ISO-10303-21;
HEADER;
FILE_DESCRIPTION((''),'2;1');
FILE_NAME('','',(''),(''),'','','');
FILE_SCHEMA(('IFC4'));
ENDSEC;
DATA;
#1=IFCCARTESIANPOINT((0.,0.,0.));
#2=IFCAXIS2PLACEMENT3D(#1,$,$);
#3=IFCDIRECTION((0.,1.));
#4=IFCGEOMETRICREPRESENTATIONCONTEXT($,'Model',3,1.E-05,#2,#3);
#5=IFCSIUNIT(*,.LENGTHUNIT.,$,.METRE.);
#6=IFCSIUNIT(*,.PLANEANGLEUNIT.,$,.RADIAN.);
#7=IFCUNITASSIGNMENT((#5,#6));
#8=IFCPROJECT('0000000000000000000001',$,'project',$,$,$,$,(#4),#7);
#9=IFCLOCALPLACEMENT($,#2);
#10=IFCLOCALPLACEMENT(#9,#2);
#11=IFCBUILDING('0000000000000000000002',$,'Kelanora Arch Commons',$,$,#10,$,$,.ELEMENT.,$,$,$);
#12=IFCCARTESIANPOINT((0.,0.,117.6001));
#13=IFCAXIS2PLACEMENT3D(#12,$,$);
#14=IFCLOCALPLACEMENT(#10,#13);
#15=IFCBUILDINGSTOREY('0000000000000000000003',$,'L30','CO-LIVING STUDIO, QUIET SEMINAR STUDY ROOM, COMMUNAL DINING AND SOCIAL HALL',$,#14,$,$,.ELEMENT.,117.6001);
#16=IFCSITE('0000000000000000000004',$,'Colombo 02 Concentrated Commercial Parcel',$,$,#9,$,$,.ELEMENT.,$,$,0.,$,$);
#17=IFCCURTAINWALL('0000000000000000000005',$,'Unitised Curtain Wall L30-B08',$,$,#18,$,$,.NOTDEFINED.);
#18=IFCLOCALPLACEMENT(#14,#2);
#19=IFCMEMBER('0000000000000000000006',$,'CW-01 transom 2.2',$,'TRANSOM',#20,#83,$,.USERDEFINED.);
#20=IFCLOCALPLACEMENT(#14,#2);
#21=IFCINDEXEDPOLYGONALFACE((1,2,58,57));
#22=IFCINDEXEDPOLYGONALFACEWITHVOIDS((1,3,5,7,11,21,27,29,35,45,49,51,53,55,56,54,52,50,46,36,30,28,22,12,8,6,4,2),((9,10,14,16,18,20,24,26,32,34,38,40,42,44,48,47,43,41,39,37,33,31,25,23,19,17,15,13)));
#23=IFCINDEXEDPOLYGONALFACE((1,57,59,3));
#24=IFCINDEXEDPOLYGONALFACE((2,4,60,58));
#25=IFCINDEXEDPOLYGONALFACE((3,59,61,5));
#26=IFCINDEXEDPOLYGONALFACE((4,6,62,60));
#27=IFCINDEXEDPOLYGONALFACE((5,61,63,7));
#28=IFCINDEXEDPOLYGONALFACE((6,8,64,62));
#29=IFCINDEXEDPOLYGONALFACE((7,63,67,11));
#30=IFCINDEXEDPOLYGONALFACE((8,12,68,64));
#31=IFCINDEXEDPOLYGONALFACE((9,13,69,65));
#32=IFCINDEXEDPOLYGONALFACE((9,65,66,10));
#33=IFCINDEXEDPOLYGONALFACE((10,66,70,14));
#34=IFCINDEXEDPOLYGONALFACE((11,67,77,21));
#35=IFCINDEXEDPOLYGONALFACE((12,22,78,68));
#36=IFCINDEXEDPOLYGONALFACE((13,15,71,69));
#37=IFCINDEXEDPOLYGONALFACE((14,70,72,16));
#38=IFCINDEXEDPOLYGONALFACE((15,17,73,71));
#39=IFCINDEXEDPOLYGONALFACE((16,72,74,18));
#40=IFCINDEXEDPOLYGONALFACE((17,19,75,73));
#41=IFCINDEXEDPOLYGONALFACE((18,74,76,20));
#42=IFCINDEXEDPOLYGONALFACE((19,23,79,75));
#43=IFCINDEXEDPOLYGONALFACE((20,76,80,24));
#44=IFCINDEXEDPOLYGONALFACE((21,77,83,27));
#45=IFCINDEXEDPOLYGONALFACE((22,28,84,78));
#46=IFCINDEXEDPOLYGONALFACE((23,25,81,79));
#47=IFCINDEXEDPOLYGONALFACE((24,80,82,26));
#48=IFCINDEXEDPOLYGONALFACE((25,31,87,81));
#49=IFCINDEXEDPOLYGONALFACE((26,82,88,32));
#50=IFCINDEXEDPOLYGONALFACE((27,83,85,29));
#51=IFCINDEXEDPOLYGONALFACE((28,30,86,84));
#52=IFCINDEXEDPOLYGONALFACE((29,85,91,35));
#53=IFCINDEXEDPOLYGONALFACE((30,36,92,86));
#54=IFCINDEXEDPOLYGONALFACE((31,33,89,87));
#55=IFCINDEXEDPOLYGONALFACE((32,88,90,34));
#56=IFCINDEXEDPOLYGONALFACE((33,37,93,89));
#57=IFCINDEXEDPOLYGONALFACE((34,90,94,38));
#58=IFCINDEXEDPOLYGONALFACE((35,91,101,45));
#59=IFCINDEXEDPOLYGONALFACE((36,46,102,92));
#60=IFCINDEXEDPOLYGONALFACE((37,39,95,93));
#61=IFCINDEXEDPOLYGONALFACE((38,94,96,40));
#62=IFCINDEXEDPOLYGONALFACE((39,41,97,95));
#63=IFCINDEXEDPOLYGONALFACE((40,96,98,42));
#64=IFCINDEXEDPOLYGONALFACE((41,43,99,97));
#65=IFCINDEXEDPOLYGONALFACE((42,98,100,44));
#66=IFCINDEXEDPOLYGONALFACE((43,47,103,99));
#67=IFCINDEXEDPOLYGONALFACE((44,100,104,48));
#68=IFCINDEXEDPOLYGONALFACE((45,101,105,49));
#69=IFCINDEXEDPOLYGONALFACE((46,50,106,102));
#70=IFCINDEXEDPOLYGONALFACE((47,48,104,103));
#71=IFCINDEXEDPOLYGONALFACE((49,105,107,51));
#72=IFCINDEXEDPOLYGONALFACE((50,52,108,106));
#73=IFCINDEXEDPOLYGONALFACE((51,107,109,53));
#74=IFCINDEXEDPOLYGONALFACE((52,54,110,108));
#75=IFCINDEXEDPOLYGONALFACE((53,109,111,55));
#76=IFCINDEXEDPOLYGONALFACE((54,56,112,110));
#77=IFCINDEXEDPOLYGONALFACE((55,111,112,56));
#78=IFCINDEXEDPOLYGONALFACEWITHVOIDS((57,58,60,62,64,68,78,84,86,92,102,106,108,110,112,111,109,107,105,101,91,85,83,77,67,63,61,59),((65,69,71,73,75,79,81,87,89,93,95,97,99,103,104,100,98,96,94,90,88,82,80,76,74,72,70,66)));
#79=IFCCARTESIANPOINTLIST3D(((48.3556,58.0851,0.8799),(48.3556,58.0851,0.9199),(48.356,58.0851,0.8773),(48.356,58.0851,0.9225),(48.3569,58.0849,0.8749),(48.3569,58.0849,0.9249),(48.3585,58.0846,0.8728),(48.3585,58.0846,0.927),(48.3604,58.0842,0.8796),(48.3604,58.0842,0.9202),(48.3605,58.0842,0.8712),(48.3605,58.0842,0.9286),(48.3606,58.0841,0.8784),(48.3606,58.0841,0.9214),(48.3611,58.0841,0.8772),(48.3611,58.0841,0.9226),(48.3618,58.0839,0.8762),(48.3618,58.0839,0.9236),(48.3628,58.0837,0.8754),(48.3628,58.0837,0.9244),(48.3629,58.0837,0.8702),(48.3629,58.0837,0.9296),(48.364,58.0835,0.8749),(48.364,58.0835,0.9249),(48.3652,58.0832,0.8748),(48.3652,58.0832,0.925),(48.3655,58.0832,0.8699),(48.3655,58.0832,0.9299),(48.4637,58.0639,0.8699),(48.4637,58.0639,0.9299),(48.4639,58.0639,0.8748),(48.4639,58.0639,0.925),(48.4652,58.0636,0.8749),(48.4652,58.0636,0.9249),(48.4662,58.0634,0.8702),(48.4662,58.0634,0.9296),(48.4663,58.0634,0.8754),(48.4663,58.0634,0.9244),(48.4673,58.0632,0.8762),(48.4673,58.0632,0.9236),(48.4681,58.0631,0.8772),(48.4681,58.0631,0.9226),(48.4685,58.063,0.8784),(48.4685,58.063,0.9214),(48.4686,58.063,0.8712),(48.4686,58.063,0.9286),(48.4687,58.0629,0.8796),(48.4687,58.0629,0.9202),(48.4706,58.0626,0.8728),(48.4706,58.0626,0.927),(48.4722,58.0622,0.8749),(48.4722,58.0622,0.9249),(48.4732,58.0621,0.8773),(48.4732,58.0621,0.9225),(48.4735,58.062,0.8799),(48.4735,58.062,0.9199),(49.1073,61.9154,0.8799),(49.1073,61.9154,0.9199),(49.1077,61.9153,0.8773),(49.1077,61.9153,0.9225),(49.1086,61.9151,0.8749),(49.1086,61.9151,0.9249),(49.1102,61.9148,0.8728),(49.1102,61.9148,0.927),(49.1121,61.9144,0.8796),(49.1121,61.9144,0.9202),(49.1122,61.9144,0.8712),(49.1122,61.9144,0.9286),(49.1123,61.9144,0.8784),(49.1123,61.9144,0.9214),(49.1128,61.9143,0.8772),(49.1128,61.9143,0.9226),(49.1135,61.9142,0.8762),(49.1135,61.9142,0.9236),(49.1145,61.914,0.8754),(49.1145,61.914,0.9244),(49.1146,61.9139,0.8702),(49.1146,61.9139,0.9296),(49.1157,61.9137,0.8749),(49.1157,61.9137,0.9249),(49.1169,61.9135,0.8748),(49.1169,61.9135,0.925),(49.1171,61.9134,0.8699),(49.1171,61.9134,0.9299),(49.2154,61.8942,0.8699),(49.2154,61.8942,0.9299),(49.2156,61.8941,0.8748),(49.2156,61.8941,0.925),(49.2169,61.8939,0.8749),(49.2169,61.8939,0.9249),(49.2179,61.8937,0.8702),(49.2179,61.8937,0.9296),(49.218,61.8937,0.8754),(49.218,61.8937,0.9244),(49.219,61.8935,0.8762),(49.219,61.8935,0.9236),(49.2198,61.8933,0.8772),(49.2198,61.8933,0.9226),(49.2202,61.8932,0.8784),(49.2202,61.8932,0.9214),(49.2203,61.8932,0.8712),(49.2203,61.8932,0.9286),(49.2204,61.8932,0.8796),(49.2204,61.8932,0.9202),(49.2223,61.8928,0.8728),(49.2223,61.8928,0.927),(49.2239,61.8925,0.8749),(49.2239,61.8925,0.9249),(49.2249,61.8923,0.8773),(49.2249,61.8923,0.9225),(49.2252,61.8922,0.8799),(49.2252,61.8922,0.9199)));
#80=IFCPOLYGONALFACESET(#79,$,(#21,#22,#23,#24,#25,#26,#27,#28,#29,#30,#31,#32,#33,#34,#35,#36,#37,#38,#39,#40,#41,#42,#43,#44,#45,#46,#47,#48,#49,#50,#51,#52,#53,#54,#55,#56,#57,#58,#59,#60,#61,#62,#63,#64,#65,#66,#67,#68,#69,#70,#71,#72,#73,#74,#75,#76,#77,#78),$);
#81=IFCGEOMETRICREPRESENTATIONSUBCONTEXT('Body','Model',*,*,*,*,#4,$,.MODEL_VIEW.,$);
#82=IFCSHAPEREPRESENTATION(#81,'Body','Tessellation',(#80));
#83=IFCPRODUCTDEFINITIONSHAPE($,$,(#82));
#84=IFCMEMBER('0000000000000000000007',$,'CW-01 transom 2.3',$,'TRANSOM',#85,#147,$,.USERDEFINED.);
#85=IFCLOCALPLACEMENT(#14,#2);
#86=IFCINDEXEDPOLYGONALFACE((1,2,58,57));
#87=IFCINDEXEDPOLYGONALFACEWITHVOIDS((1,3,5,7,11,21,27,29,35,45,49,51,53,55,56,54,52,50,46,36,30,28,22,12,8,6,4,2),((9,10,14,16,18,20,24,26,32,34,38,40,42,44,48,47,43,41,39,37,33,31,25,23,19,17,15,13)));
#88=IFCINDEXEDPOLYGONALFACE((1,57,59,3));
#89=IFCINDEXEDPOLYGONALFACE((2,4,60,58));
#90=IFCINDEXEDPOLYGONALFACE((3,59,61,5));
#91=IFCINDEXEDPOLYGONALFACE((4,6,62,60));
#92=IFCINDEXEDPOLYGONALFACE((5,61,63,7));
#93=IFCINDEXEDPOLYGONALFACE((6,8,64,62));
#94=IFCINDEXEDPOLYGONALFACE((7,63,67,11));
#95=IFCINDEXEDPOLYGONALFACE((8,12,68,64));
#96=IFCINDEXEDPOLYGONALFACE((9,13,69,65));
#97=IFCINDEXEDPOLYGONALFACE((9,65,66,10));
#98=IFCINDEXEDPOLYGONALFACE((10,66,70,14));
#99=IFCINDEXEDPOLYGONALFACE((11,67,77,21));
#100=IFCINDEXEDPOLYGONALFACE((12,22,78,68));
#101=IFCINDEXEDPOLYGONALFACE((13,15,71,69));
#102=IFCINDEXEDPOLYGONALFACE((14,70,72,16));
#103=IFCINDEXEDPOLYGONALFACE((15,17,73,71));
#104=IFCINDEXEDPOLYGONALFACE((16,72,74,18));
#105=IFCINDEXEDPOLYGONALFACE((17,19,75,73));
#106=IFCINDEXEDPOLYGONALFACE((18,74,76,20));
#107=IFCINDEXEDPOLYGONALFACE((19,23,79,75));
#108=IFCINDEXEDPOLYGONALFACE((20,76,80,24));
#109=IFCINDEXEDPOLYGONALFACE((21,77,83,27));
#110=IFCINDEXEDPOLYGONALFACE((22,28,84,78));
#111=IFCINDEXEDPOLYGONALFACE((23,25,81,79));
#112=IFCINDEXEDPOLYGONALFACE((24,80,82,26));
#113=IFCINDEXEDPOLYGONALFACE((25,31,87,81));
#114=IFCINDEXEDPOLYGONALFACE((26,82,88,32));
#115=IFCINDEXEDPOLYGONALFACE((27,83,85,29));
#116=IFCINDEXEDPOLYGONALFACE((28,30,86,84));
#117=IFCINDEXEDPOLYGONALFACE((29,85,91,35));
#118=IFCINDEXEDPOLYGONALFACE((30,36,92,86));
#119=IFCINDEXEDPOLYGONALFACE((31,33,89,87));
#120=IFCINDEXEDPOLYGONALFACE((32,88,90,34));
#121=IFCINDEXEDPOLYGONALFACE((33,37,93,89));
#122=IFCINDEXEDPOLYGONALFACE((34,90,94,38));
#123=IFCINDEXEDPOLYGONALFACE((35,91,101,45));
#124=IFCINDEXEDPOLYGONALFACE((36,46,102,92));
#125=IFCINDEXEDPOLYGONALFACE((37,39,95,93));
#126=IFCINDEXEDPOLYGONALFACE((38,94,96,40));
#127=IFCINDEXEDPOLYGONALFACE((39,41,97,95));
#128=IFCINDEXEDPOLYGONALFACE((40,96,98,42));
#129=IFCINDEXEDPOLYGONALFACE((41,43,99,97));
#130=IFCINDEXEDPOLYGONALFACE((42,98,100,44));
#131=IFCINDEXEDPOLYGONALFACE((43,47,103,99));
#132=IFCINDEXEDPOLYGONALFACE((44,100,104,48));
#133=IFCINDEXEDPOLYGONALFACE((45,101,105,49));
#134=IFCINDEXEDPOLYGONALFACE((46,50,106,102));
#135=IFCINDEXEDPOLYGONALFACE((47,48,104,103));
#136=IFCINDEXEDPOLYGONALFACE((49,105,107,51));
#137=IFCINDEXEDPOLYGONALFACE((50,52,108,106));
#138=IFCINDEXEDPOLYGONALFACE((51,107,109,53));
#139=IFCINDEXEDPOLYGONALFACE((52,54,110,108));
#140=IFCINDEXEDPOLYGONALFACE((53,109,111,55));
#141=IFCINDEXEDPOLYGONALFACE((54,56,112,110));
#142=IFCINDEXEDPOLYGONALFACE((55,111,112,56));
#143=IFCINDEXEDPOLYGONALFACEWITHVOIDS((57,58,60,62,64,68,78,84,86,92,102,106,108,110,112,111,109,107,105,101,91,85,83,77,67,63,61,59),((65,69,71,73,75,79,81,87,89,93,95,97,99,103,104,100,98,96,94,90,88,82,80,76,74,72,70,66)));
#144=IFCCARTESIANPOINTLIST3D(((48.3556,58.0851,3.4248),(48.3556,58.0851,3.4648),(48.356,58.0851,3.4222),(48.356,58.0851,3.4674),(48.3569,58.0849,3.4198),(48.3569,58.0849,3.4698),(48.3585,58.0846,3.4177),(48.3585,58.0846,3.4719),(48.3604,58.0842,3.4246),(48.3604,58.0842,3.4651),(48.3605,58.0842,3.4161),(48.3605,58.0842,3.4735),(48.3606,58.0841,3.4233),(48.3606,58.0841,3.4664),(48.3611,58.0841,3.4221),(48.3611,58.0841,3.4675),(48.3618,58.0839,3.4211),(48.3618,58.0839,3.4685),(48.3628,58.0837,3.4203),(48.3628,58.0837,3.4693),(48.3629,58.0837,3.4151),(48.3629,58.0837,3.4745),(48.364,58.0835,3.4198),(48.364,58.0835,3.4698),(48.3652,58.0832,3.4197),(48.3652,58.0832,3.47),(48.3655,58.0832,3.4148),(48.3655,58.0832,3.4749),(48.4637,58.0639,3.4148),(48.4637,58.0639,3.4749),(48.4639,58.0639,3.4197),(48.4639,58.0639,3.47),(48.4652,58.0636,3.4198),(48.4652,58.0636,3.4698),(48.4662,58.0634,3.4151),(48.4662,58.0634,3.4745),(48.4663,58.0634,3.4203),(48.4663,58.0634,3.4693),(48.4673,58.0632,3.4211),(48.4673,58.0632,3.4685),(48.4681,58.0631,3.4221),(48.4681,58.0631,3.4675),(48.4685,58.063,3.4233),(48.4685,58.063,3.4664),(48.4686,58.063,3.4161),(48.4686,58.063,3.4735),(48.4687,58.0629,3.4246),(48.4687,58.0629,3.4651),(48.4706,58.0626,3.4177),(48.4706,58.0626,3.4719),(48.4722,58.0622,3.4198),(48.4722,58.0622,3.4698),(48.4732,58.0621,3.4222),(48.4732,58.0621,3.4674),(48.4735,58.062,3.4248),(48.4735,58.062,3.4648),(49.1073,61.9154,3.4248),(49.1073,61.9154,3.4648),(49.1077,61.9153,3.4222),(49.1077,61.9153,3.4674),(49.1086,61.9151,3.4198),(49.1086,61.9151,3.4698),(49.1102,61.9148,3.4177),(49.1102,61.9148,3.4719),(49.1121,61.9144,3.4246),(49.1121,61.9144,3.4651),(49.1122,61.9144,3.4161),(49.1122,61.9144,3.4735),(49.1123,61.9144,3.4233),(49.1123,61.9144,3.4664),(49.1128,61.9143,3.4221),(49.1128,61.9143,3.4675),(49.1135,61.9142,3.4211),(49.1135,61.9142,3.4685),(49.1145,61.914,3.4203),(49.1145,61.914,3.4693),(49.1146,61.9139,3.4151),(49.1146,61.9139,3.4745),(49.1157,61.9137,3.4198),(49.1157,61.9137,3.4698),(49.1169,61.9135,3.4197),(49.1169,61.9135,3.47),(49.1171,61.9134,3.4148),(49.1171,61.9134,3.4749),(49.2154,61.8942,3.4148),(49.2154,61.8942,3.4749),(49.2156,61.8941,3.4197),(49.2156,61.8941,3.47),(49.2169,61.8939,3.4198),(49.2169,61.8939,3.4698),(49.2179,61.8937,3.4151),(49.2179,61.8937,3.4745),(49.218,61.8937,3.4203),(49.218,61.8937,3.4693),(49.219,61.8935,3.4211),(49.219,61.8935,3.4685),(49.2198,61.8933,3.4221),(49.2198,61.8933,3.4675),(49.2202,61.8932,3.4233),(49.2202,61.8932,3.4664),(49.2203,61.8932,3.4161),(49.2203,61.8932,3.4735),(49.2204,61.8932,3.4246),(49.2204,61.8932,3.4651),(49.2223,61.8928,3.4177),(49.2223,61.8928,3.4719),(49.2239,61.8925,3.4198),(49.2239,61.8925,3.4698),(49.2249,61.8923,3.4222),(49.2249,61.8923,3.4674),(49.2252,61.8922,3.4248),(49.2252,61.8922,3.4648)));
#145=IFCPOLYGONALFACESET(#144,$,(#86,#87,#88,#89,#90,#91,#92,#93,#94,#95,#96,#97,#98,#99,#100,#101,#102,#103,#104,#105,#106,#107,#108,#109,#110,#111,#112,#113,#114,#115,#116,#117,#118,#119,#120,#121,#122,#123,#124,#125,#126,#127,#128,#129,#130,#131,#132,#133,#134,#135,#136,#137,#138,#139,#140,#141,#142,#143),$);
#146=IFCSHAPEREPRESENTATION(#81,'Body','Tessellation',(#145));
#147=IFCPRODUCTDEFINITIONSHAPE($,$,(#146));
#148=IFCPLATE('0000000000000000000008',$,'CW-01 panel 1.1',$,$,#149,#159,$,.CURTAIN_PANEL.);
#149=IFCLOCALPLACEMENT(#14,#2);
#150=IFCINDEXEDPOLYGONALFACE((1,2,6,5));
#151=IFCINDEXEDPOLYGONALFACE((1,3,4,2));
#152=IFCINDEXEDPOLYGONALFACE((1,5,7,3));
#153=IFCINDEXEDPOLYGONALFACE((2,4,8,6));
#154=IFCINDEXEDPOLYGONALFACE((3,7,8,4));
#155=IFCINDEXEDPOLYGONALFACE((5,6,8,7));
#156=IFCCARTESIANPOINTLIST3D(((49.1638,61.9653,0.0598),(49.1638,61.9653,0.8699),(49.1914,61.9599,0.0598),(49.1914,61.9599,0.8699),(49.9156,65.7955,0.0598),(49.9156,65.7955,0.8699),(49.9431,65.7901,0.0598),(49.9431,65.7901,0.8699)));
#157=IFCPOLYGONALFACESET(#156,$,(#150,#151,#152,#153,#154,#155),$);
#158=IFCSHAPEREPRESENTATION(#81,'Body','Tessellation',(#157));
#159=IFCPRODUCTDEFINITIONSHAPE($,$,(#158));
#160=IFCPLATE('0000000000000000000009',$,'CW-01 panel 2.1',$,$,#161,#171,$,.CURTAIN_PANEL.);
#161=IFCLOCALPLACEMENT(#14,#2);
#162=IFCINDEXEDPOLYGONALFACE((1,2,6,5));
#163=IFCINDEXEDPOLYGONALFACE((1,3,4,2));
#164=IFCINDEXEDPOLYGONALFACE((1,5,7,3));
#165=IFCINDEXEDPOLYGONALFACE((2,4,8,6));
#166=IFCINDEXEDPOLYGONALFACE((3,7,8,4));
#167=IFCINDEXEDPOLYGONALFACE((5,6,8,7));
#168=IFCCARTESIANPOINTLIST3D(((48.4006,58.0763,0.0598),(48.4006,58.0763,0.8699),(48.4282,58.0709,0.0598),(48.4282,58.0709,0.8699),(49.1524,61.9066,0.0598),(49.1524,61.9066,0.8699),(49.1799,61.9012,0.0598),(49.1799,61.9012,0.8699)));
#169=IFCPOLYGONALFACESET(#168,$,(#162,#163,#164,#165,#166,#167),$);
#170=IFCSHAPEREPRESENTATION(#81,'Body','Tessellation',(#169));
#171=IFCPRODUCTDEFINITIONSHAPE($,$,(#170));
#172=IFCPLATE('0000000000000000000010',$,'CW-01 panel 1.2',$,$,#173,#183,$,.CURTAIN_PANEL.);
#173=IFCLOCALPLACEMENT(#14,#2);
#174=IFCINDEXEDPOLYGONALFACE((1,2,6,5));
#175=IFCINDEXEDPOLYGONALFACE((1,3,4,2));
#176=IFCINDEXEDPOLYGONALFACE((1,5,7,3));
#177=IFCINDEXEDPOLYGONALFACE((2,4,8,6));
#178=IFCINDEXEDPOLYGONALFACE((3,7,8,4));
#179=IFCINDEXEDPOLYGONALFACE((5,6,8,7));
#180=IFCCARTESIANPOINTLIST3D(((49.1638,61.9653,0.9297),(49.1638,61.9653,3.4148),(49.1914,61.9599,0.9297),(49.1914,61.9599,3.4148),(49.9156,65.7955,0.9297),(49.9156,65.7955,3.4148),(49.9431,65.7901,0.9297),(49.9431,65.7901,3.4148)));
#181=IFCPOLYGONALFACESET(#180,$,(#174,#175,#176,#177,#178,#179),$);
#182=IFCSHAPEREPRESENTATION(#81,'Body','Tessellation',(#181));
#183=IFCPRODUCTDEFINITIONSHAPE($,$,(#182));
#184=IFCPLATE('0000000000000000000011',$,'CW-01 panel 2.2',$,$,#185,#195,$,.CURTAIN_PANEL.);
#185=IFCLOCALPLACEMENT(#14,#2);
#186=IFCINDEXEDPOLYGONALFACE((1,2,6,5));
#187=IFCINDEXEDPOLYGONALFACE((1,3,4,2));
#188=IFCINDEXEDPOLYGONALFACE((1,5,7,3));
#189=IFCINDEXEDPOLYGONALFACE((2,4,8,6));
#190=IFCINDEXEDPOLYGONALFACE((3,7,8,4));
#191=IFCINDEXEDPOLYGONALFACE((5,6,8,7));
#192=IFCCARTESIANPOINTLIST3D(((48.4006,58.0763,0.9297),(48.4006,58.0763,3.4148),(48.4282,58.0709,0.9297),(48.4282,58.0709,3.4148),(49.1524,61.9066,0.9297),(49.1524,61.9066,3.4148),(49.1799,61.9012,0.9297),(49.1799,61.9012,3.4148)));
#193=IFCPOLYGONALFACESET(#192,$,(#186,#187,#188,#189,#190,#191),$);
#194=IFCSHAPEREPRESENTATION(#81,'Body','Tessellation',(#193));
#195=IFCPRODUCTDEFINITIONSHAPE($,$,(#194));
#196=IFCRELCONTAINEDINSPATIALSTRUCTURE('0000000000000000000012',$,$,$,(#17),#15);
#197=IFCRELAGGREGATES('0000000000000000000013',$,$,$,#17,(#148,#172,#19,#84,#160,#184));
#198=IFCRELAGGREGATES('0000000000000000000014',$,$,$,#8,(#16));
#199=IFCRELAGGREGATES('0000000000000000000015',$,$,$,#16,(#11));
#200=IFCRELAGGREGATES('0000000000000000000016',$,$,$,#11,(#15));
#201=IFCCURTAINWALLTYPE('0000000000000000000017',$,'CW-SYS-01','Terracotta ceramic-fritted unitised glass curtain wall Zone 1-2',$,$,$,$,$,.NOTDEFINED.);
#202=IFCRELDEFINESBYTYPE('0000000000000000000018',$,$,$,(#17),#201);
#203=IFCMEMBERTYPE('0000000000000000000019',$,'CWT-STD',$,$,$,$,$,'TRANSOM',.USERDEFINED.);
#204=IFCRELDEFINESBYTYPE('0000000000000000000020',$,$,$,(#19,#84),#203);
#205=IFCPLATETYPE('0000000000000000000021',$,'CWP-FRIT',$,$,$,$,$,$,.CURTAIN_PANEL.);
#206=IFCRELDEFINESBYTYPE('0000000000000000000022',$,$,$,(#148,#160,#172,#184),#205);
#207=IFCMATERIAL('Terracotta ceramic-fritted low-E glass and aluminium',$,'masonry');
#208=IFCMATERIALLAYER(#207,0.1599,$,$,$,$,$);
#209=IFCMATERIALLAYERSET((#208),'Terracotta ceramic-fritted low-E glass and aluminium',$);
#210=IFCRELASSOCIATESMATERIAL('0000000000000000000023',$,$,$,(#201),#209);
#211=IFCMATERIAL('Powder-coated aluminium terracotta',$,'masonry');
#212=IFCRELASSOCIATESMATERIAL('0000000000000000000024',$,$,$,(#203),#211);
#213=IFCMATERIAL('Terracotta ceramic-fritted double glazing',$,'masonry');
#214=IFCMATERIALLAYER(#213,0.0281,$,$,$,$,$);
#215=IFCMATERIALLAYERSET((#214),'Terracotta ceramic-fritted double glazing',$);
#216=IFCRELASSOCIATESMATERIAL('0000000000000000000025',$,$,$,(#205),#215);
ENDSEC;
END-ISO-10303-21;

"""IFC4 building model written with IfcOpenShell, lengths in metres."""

from ifc_helpers import new_model, si_unit, direction, frame, origin, origin_2d, place, context, subcontext, project, spatial, rectangle, hollow_rectangle, extrude, source, transform, mapped, material, layer, layer_set, material_profile, profile_set, type_object, element, aggregate, save


model = new_model("IFC4")

# Units and contexts
model_context = context("Model", 3, precision=1e-05, world=origin(), true_north=direction((0.0, 1.0)))
body_context = subcontext(model_context, "Body", "Model", "MODEL_VIEW")
ifc_project = project(units=[si_unit("LENGTHUNIT", "METRE"), si_unit("PLANEANGLEUNIT", "RADIAN")], contexts=[model_context])

# Site, building, storey
site_placement = place(None, origin())
site = spatial("IfcSite", under=ifc_project, at=site_placement, Name="Colombo 02 Concentrated Commercial Parcel", CompositionType="ELEMENT", RefElevation=0.0)
building_placement = place(site_placement, origin())
building = spatial("IfcBuilding", under=site, at=building_placement, Name="Kelanora Arch Commons", CompositionType="ELEMENT")
storey_placement = place(building_placement, frame((0.0, 0.0, 117.6001)))
storey = spatial("IfcBuildingStorey", under=building, at=storey_placement, Name="L30", Description="CO-LIVING STUDIO, QUIET SEMINAR STUDY ROOM, COMMUNAL DINING AND SOCIAL HALL", CompositionType="ELEMENT", Elevation=117.6001)

# Curtain wall, members, plates
ifc_material_1 = material(Name="Terracotta ceramic-fritted low-E glass and aluminium", Category="masonry")
ifc_layer_1 = layer(ifc_material_1, 0.1599)
ifc_layer_set_1 = layer_set([ifc_layer_1], Name="Terracotta ceramic-fritted low-E glass and aluminium")
curtain_wall_type = type_object("IfcCurtainWallType", Name="CW-SYS-01", Description="Terracotta ceramic-fritted unitised glass curtain wall Zone 1-2", PredefinedType="NOTDEFINED", material=ifc_layer_set_1)
curtain_wall_placement = place(storey_placement, origin())
curtain_wall = element("IfcCurtainWall", 1, at=curtain_wall_placement, inside=storey, type_object=curtain_wall_type, Name="Unitised Curtain Wall L30-B08", PredefinedType="NOTDEFINED")
ifc_material_2 = material(Name="Powder-coated aluminium terracotta", Category="masonry")
ifc_material_profile_1 = material_profile(ifc_material_2, hollow_rectangle(XDim=0.1201, YDim=0.0601, WallThickness=0.0049, InnerFilletRadius=0.0049, OuterFilletRadius=0.01, at=origin_2d()), Name="CWT120x60")
ifc_profile_set_1 = profile_set([ifc_material_profile_1], Name="Powder-coated aluminium terracotta")
member_type_1 = type_object("IfcMemberType", Name="CWT-STD", ElementType="TRANSOM", PredefinedType="USERDEFINED", material=ifc_profile_set_1)
member_1_placement = place(storey_placement, frame((49.1663, 61.9038, 0.8999), z_axis=(-0.192579, -0.981282, 0.0), x_axis=(0.981282, -0.192579, 0.0)))
member_1 = element("IfcMember", 2, at=member_1_placement, type_object=member_type_1, Name="CW-01 transom 2.2", ObjectType="TRANSOM", PredefinedType="USERDEFINED", context=body_context, shape_type="SweptSolid", body=[
    extrude(hollow_rectangle(XDim=0.1201, YDim=0.0601, WallThickness=0.0049, InnerFilletRadius=0.0049, OuterFilletRadius=0.01, at=origin_2d()), origin(), (0.0, 0.0, 1.0), 3.9033),
])
member_2_placement = place(storey_placement, frame((49.1663, 61.9038, 3.4448), z_axis=(-0.192579, -0.981282, 0.0), x_axis=(0.981282, -0.192579, 0.0)))
member_2 = element("IfcMember", 3, at=member_2_placement, type_object=member_type_1, Name="CW-01 transom 2.3", ObjectType="TRANSOM", PredefinedType="USERDEFINED", context=body_context, shape_type="SweptSolid", body=[
    extrude(hollow_rectangle(XDim=0.1201, YDim=0.0601, WallThickness=0.0049, InnerFilletRadius=0.0049, OuterFilletRadius=0.01, at=origin_2d()), origin(), (0.0, 0.0, 1.0), 3.9033),
])
ifc_material_3 = material(Name="Terracotta ceramic-fritted double glazing", Category="masonry")
ifc_layer_2 = layer(ifc_material_3, 0.0281)
ifc_layer_set_2 = layer_set([ifc_layer_2], Name="Terracotta ceramic-fritted double glazing")
plate_type = type_object("IfcPlateType", Name="CWP-FRIT", PredefinedType="CURTAIN_PANEL", material=ifc_layer_set_2)
shared_shape_1 = source(origin(), body_context, "Body", "SweptSolid", [
    extrude(rectangle(XDim=3.9033, YDim=0.0281, at=origin_2d()), origin(), (0.0, 0.0, 1.0), 0.8101),
])
plate_1_placement = place(storey_placement, frame((49.5535, 63.8777, 0.0598), z_axis=(0.0, 0.0, 1.0), x_axis=(-0.192585, -0.98128, 0.0)))
plate_1 = element("IfcPlate", 4, at=plate_1_placement, type_object=plate_type, Name="CW-01 panel 1.1", PredefinedType="CURTAIN_PANEL", context=body_context, shape_type="MappedRepresentation", body=[
    mapped(shared_shape_1, transform((0.0, 0.0, 0.0), scale=1.0)),
])
plate_2_placement = place(storey_placement, frame((48.7903, 59.9888, 0.0598), z_axis=(0.0, 0.0, 1.0), x_axis=(-0.192585, -0.98128, 0.0)))
plate_2 = element("IfcPlate", 5, at=plate_2_placement, type_object=plate_type, Name="CW-01 panel 2.1", PredefinedType="CURTAIN_PANEL", context=body_context, shape_type="MappedRepresentation", body=[
    mapped(shared_shape_1, transform((0.0, 0.0, 0.0), scale=1.0)),
])
shared_shape_2 = source(origin(), body_context, "Body", "SweptSolid", [
    extrude(rectangle(XDim=3.9033, YDim=0.0281, at=origin_2d()), origin(), (0.0, 0.0, 1.0), 2.4851),
])
plate_3_placement = place(storey_placement, frame((49.5535, 63.8777, 0.9297), z_axis=(0.0, 0.0, 1.0), x_axis=(-0.192585, -0.98128, 0.0)))
plate_3 = element("IfcPlate", 6, at=plate_3_placement, type_object=plate_type, Name="CW-01 panel 1.2", PredefinedType="CURTAIN_PANEL", context=body_context, shape_type="MappedRepresentation", body=[
    mapped(shared_shape_2, transform((0.0, 0.0, 0.0), scale=1.0)),
])
plate_4_placement = place(storey_placement, frame((48.7903, 59.9888, 0.9297), z_axis=(0.0, 0.0, 1.0), x_axis=(-0.192585, -0.98128, 0.0)))
plate_4 = element("IfcPlate", 7, at=plate_4_placement, type_object=plate_type, Name="CW-01 panel 2.2", PredefinedType="CURTAIN_PANEL", context=body_context, shape_type="MappedRepresentation", body=[
    mapped(shared_shape_2, transform((0.0, 0.0, 0.0), scale=1.0)),
])
aggregate(curtain_wall, [plate_1, plate_3, member_1, member_2, plate_2, plate_4])

save(model, "model.ifc")
